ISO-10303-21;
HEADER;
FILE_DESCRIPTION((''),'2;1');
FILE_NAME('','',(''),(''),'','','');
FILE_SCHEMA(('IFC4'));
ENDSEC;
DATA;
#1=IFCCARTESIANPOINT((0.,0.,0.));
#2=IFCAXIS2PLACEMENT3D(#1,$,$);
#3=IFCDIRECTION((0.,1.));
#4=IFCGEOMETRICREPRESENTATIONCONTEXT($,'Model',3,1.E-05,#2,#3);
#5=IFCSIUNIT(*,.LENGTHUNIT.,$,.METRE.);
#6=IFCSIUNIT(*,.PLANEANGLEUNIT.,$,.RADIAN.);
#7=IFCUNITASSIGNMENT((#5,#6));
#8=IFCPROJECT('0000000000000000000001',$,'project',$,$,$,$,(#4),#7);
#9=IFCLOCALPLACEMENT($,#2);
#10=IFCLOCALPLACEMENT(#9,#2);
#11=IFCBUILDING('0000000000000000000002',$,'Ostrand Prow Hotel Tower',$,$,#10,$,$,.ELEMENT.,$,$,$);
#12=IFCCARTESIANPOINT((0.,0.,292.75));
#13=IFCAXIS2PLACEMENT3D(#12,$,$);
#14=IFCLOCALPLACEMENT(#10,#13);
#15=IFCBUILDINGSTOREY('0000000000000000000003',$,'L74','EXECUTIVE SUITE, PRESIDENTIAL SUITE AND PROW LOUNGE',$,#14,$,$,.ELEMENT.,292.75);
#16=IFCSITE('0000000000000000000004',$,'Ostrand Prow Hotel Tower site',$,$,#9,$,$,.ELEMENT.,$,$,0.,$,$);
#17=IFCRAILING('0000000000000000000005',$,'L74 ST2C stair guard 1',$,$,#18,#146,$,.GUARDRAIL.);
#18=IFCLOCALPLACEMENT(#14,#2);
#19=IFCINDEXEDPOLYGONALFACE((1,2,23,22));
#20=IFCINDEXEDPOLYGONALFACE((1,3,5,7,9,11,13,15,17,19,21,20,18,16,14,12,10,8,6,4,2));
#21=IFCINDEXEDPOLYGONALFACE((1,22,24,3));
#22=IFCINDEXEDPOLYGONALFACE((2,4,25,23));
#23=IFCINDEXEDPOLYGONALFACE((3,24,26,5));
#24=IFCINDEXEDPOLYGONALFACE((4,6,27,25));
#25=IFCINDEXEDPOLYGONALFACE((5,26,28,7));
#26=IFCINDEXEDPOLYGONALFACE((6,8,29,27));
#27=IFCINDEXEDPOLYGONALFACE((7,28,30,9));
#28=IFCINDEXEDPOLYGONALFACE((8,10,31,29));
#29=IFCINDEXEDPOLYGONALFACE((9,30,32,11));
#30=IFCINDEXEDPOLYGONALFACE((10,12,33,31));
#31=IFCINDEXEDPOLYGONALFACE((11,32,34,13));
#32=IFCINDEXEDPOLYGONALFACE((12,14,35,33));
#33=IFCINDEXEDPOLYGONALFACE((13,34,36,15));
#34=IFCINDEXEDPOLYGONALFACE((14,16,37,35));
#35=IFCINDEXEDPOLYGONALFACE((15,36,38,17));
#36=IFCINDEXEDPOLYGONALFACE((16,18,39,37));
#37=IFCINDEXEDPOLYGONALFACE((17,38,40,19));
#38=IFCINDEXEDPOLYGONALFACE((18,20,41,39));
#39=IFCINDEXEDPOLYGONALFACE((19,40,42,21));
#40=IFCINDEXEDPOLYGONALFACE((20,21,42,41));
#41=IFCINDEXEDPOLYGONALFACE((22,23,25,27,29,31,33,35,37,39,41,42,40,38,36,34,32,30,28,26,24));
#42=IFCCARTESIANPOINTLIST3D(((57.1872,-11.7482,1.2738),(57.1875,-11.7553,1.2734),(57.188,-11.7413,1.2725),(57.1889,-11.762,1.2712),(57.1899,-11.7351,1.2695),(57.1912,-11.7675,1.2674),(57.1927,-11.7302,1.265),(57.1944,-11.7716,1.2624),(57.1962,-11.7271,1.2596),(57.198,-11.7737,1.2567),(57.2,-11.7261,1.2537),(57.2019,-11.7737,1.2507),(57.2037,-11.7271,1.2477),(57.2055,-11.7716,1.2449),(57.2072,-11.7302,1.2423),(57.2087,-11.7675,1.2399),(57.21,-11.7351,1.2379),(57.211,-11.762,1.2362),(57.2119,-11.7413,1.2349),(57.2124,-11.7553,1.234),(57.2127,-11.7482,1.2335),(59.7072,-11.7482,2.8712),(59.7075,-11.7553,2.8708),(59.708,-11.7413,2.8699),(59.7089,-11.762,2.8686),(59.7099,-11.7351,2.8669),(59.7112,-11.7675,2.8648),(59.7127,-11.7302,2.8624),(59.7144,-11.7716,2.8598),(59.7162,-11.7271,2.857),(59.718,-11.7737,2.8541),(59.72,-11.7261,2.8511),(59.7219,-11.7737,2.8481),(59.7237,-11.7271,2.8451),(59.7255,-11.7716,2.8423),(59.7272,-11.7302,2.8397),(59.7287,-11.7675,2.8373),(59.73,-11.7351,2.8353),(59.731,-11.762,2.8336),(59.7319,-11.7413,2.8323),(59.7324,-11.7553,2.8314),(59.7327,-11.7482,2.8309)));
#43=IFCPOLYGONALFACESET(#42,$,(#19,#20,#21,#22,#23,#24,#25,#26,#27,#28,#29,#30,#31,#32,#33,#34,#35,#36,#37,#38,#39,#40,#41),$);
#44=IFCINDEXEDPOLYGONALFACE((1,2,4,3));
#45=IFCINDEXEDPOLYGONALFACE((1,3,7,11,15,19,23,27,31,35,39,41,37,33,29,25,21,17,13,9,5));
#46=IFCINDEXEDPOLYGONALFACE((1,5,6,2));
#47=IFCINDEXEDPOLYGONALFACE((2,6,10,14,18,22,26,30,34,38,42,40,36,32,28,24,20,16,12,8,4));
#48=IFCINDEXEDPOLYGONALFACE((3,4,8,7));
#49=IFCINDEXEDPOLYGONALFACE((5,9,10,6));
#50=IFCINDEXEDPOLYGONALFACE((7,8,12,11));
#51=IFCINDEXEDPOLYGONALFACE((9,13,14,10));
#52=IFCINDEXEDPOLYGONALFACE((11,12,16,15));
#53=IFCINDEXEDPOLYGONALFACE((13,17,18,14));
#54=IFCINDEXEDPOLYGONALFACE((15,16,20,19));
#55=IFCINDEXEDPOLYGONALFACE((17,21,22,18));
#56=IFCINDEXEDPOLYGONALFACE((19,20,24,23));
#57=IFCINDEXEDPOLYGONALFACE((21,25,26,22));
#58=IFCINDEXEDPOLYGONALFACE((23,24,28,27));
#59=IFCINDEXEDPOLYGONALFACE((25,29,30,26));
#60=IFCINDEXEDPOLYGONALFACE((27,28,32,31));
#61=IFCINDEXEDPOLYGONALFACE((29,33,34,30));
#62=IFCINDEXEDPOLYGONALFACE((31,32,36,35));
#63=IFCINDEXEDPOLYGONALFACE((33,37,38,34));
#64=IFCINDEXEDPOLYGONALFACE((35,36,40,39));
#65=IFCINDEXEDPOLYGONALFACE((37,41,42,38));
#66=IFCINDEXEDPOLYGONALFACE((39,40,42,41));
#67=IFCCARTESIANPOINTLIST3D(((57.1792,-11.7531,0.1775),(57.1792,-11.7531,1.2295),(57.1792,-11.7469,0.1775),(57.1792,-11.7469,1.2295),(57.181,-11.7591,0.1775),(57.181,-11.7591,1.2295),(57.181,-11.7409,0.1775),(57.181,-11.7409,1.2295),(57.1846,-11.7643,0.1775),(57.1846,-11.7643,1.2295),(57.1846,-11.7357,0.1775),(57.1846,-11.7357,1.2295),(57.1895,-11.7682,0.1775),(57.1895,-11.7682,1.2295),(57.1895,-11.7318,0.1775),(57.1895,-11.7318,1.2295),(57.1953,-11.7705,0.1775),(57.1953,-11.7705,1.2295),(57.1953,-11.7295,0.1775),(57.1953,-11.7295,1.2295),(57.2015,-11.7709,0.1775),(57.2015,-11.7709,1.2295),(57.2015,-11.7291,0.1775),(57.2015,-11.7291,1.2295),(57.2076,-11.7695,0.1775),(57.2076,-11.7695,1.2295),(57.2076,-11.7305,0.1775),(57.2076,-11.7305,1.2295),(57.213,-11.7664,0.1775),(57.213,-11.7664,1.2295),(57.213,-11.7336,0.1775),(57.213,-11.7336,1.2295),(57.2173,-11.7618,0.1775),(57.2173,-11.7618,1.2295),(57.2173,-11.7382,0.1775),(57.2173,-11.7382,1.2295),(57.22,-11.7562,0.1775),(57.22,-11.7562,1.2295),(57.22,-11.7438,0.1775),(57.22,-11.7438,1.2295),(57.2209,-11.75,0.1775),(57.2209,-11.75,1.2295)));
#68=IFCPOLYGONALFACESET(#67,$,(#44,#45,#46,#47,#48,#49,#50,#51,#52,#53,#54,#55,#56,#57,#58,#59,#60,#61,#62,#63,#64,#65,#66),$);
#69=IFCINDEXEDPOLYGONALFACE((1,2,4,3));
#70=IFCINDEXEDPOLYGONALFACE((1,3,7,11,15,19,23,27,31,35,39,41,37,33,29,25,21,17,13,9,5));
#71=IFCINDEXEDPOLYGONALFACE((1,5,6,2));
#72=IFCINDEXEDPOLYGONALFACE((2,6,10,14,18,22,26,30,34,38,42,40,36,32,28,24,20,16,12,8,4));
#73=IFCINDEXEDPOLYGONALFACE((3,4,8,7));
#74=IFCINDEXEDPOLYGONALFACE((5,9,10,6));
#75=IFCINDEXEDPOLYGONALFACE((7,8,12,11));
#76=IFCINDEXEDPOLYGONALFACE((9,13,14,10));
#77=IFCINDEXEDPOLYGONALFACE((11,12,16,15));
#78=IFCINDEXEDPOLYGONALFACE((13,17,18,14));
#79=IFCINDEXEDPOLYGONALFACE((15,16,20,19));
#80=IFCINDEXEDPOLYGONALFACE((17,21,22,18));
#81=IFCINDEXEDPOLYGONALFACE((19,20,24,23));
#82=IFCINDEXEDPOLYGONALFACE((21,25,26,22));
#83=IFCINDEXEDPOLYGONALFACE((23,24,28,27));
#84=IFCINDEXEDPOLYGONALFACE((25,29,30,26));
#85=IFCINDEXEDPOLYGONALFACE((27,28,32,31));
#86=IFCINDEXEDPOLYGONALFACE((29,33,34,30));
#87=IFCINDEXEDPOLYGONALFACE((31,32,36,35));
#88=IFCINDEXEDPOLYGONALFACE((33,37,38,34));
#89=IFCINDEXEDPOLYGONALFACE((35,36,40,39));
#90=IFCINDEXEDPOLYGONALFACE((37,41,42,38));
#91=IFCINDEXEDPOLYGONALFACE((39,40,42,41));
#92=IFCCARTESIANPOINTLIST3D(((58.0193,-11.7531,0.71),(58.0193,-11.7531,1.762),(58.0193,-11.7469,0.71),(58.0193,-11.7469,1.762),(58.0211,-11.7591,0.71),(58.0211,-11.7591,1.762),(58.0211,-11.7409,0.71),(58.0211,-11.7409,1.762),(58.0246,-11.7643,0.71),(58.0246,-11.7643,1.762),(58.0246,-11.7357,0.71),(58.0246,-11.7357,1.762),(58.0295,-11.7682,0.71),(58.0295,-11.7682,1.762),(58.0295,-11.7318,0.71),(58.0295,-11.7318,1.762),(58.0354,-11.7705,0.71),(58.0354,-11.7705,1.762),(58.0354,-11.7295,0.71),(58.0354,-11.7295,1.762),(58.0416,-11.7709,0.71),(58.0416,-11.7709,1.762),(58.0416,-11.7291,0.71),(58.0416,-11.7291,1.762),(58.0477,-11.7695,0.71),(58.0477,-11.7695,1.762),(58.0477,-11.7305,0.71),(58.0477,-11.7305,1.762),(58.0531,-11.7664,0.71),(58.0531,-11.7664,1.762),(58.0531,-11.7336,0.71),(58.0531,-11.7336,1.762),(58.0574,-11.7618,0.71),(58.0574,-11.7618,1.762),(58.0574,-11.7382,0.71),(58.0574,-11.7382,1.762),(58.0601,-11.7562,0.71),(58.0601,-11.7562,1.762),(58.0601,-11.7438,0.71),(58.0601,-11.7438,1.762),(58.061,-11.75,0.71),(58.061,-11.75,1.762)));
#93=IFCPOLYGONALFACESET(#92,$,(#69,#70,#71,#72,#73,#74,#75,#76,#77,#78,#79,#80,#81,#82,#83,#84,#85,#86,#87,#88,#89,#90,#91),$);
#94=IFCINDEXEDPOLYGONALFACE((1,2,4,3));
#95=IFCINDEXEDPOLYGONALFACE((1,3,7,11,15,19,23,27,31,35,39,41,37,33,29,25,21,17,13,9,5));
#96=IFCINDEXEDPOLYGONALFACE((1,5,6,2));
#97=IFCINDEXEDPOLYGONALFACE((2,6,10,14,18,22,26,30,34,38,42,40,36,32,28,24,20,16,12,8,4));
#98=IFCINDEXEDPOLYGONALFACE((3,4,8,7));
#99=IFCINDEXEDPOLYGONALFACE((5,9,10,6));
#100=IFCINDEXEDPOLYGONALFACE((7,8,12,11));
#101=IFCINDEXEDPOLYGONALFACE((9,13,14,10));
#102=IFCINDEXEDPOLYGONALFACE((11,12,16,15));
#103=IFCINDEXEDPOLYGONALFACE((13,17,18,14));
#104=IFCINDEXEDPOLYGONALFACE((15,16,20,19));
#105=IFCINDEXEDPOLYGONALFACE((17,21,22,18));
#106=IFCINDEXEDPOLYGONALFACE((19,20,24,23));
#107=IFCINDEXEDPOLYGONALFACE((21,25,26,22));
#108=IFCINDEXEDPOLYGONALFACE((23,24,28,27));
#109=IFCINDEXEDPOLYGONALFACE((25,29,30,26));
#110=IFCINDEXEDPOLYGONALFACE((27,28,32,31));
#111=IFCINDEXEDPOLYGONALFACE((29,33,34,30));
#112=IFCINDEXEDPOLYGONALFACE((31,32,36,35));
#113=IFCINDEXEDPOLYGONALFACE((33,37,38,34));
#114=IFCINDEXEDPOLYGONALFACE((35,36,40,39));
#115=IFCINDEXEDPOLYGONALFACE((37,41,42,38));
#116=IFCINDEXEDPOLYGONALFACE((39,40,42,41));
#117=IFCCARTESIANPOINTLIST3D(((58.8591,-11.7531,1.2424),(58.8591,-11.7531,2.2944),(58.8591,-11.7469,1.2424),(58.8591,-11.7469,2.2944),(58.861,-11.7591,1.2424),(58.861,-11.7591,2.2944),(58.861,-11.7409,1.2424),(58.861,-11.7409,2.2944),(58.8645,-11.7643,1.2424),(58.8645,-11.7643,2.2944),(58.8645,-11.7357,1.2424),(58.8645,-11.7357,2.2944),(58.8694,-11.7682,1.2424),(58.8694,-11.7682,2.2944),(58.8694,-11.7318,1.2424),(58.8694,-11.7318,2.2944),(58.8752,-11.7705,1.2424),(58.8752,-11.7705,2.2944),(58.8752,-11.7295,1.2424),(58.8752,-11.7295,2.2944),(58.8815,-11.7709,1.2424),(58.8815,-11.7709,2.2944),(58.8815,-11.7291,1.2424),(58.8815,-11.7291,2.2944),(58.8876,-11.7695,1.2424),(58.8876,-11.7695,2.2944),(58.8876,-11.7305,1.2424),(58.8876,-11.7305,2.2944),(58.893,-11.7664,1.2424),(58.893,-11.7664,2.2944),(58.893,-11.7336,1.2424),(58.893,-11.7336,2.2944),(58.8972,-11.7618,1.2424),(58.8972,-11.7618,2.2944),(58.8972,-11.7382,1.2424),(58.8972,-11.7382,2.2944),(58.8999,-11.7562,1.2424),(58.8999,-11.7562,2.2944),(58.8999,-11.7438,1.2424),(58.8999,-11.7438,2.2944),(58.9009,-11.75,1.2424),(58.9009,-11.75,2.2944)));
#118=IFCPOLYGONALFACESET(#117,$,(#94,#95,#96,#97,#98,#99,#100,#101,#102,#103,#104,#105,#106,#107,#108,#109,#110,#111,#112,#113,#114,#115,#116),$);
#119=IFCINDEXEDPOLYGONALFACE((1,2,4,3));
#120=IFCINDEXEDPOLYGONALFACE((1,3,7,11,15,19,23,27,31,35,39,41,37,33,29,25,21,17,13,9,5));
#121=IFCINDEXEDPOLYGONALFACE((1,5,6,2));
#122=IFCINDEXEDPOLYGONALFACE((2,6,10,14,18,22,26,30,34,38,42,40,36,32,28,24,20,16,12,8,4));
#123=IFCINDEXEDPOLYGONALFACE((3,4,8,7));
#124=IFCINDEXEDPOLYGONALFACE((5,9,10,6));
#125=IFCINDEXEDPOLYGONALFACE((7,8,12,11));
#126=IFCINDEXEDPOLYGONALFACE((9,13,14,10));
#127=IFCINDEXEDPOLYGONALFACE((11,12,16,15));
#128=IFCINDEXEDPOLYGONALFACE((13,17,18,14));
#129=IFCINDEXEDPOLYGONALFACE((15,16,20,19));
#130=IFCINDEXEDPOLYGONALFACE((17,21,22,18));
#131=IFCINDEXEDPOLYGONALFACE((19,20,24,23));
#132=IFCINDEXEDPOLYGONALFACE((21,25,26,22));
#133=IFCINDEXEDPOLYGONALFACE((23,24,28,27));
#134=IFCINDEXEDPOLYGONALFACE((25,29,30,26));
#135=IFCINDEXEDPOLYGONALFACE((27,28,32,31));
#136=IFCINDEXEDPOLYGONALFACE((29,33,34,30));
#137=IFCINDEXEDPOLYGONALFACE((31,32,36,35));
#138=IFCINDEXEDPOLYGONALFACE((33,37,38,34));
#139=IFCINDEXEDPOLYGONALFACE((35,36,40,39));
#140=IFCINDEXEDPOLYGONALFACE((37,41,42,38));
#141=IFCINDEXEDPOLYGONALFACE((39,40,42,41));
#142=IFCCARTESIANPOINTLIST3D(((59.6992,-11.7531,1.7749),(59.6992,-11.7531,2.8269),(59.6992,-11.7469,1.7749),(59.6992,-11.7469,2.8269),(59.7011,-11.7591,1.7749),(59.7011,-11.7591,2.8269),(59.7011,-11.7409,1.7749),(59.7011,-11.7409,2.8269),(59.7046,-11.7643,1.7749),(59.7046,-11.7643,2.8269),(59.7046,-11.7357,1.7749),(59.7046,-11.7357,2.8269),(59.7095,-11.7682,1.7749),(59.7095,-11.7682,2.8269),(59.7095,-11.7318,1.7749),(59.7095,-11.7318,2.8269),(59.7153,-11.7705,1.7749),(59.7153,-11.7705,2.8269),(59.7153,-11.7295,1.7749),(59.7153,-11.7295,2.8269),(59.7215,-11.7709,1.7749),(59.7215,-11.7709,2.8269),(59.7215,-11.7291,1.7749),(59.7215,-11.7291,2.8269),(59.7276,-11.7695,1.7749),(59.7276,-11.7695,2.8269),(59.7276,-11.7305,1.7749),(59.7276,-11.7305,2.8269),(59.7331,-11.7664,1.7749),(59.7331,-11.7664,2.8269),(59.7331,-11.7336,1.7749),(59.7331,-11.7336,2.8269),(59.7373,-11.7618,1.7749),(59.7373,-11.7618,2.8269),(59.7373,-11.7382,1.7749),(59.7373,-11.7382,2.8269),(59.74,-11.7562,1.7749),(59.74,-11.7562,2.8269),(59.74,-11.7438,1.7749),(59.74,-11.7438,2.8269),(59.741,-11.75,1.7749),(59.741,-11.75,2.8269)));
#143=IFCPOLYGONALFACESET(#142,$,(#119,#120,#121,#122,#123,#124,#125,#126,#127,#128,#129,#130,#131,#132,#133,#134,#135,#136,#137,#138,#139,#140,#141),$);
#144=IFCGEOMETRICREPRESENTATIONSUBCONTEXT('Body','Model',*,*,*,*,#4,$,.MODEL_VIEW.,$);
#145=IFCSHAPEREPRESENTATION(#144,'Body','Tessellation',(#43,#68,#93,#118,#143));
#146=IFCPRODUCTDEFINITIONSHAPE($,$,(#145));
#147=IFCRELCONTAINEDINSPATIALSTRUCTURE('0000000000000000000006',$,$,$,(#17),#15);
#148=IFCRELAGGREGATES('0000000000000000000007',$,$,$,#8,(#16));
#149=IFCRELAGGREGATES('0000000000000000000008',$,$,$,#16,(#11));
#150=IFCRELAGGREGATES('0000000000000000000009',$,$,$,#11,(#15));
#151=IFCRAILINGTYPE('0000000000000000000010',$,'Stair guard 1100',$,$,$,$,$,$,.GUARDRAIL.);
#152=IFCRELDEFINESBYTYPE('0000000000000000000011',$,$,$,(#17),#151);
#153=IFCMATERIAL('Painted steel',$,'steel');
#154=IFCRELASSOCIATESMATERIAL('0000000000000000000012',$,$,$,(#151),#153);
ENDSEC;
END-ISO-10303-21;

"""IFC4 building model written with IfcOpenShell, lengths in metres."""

from ifc_helpers import new_model, si_unit, direction, frame, origin, origin_2d, place, context, subcontext, project, spatial, circle, extrude, material, type_object, element, save


model = new_model("IFC4")

# Units and contexts
model_context = context("Model", 3, precision=1e-05, world=origin(), true_north=direction((0.0, 1.0)))
body_context = subcontext(model_context, "Body", "Model", "MODEL_VIEW")
ifc_project = project(units=[si_unit("LENGTHUNIT", "METRE"), si_unit("PLANEANGLEUNIT", "RADIAN")], contexts=[model_context])

# Site, building, storey
site_placement = place(None, origin())
site = spatial("IfcSite", under=ifc_project, at=site_placement, Name="Ostrand Prow Hotel Tower site", CompositionType="ELEMENT", RefElevation=0.0)
building_placement = place(site_placement, origin())
building = spatial("IfcBuilding", under=site, at=building_placement, Name="Ostrand Prow Hotel Tower", CompositionType="ELEMENT")
storey_placement = place(building_placement, frame((0.0, 0.0, 292.75)))
storey = spatial("IfcBuildingStorey", under=building, at=storey_placement, Name="L74", Description="EXECUTIVE SUITE, PRESIDENTIAL SUITE AND PROW LOUNGE", CompositionType="ELEMENT", Elevation=292.75)

# Railing
ifc_material_1 = material(Name="Painted steel", Category="steel")
railing_type_1 = type_object("IfcRailingType", Name="Stair guard 1100", PredefinedType="GUARDRAIL", material=ifc_material_1)
railing_1_placement = place(storey_placement, frame((57.2, -11.75, 0.1775)))
element("IfcRailing", 1, at=railing_1_placement, inside=storey, type_object=railing_type_1, Name="L74 ST2C stair guard 1", PredefinedType="GUARDRAIL", context=body_context, shape_type="SweptSolid", body=[
    extrude(circle(Radius=0.0239, at=origin_2d()), frame((0.0, 0.0, 1.0762), z_axis=(0.844607, 0.0, 0.535387), x_axis=(0.0, 1.0, 0.0)), (0.0, 0.0, 1.0), 2.9836),
    extrude(circle(Radius=0.021, at=origin_2d()), origin(), (0.0, 0.0, 1.0), 1.052),
    extrude(circle(Radius=0.021, at=origin_2d()), frame((0.8401, 0.0, 0.5325)), (0.0, 0.0, 1.0), 1.052),
    extrude(circle(Radius=0.021, at=origin_2d()), frame((1.6799, 0.0, 1.0649)), (0.0, 0.0, 1.0), 1.052),
    extrude(circle(Radius=0.021, at=origin_2d()), frame((2.52, 0.0, 1.5974)), (0.0, 0.0, 1.0), 1.052),
])

save(model, "model.ifc")
